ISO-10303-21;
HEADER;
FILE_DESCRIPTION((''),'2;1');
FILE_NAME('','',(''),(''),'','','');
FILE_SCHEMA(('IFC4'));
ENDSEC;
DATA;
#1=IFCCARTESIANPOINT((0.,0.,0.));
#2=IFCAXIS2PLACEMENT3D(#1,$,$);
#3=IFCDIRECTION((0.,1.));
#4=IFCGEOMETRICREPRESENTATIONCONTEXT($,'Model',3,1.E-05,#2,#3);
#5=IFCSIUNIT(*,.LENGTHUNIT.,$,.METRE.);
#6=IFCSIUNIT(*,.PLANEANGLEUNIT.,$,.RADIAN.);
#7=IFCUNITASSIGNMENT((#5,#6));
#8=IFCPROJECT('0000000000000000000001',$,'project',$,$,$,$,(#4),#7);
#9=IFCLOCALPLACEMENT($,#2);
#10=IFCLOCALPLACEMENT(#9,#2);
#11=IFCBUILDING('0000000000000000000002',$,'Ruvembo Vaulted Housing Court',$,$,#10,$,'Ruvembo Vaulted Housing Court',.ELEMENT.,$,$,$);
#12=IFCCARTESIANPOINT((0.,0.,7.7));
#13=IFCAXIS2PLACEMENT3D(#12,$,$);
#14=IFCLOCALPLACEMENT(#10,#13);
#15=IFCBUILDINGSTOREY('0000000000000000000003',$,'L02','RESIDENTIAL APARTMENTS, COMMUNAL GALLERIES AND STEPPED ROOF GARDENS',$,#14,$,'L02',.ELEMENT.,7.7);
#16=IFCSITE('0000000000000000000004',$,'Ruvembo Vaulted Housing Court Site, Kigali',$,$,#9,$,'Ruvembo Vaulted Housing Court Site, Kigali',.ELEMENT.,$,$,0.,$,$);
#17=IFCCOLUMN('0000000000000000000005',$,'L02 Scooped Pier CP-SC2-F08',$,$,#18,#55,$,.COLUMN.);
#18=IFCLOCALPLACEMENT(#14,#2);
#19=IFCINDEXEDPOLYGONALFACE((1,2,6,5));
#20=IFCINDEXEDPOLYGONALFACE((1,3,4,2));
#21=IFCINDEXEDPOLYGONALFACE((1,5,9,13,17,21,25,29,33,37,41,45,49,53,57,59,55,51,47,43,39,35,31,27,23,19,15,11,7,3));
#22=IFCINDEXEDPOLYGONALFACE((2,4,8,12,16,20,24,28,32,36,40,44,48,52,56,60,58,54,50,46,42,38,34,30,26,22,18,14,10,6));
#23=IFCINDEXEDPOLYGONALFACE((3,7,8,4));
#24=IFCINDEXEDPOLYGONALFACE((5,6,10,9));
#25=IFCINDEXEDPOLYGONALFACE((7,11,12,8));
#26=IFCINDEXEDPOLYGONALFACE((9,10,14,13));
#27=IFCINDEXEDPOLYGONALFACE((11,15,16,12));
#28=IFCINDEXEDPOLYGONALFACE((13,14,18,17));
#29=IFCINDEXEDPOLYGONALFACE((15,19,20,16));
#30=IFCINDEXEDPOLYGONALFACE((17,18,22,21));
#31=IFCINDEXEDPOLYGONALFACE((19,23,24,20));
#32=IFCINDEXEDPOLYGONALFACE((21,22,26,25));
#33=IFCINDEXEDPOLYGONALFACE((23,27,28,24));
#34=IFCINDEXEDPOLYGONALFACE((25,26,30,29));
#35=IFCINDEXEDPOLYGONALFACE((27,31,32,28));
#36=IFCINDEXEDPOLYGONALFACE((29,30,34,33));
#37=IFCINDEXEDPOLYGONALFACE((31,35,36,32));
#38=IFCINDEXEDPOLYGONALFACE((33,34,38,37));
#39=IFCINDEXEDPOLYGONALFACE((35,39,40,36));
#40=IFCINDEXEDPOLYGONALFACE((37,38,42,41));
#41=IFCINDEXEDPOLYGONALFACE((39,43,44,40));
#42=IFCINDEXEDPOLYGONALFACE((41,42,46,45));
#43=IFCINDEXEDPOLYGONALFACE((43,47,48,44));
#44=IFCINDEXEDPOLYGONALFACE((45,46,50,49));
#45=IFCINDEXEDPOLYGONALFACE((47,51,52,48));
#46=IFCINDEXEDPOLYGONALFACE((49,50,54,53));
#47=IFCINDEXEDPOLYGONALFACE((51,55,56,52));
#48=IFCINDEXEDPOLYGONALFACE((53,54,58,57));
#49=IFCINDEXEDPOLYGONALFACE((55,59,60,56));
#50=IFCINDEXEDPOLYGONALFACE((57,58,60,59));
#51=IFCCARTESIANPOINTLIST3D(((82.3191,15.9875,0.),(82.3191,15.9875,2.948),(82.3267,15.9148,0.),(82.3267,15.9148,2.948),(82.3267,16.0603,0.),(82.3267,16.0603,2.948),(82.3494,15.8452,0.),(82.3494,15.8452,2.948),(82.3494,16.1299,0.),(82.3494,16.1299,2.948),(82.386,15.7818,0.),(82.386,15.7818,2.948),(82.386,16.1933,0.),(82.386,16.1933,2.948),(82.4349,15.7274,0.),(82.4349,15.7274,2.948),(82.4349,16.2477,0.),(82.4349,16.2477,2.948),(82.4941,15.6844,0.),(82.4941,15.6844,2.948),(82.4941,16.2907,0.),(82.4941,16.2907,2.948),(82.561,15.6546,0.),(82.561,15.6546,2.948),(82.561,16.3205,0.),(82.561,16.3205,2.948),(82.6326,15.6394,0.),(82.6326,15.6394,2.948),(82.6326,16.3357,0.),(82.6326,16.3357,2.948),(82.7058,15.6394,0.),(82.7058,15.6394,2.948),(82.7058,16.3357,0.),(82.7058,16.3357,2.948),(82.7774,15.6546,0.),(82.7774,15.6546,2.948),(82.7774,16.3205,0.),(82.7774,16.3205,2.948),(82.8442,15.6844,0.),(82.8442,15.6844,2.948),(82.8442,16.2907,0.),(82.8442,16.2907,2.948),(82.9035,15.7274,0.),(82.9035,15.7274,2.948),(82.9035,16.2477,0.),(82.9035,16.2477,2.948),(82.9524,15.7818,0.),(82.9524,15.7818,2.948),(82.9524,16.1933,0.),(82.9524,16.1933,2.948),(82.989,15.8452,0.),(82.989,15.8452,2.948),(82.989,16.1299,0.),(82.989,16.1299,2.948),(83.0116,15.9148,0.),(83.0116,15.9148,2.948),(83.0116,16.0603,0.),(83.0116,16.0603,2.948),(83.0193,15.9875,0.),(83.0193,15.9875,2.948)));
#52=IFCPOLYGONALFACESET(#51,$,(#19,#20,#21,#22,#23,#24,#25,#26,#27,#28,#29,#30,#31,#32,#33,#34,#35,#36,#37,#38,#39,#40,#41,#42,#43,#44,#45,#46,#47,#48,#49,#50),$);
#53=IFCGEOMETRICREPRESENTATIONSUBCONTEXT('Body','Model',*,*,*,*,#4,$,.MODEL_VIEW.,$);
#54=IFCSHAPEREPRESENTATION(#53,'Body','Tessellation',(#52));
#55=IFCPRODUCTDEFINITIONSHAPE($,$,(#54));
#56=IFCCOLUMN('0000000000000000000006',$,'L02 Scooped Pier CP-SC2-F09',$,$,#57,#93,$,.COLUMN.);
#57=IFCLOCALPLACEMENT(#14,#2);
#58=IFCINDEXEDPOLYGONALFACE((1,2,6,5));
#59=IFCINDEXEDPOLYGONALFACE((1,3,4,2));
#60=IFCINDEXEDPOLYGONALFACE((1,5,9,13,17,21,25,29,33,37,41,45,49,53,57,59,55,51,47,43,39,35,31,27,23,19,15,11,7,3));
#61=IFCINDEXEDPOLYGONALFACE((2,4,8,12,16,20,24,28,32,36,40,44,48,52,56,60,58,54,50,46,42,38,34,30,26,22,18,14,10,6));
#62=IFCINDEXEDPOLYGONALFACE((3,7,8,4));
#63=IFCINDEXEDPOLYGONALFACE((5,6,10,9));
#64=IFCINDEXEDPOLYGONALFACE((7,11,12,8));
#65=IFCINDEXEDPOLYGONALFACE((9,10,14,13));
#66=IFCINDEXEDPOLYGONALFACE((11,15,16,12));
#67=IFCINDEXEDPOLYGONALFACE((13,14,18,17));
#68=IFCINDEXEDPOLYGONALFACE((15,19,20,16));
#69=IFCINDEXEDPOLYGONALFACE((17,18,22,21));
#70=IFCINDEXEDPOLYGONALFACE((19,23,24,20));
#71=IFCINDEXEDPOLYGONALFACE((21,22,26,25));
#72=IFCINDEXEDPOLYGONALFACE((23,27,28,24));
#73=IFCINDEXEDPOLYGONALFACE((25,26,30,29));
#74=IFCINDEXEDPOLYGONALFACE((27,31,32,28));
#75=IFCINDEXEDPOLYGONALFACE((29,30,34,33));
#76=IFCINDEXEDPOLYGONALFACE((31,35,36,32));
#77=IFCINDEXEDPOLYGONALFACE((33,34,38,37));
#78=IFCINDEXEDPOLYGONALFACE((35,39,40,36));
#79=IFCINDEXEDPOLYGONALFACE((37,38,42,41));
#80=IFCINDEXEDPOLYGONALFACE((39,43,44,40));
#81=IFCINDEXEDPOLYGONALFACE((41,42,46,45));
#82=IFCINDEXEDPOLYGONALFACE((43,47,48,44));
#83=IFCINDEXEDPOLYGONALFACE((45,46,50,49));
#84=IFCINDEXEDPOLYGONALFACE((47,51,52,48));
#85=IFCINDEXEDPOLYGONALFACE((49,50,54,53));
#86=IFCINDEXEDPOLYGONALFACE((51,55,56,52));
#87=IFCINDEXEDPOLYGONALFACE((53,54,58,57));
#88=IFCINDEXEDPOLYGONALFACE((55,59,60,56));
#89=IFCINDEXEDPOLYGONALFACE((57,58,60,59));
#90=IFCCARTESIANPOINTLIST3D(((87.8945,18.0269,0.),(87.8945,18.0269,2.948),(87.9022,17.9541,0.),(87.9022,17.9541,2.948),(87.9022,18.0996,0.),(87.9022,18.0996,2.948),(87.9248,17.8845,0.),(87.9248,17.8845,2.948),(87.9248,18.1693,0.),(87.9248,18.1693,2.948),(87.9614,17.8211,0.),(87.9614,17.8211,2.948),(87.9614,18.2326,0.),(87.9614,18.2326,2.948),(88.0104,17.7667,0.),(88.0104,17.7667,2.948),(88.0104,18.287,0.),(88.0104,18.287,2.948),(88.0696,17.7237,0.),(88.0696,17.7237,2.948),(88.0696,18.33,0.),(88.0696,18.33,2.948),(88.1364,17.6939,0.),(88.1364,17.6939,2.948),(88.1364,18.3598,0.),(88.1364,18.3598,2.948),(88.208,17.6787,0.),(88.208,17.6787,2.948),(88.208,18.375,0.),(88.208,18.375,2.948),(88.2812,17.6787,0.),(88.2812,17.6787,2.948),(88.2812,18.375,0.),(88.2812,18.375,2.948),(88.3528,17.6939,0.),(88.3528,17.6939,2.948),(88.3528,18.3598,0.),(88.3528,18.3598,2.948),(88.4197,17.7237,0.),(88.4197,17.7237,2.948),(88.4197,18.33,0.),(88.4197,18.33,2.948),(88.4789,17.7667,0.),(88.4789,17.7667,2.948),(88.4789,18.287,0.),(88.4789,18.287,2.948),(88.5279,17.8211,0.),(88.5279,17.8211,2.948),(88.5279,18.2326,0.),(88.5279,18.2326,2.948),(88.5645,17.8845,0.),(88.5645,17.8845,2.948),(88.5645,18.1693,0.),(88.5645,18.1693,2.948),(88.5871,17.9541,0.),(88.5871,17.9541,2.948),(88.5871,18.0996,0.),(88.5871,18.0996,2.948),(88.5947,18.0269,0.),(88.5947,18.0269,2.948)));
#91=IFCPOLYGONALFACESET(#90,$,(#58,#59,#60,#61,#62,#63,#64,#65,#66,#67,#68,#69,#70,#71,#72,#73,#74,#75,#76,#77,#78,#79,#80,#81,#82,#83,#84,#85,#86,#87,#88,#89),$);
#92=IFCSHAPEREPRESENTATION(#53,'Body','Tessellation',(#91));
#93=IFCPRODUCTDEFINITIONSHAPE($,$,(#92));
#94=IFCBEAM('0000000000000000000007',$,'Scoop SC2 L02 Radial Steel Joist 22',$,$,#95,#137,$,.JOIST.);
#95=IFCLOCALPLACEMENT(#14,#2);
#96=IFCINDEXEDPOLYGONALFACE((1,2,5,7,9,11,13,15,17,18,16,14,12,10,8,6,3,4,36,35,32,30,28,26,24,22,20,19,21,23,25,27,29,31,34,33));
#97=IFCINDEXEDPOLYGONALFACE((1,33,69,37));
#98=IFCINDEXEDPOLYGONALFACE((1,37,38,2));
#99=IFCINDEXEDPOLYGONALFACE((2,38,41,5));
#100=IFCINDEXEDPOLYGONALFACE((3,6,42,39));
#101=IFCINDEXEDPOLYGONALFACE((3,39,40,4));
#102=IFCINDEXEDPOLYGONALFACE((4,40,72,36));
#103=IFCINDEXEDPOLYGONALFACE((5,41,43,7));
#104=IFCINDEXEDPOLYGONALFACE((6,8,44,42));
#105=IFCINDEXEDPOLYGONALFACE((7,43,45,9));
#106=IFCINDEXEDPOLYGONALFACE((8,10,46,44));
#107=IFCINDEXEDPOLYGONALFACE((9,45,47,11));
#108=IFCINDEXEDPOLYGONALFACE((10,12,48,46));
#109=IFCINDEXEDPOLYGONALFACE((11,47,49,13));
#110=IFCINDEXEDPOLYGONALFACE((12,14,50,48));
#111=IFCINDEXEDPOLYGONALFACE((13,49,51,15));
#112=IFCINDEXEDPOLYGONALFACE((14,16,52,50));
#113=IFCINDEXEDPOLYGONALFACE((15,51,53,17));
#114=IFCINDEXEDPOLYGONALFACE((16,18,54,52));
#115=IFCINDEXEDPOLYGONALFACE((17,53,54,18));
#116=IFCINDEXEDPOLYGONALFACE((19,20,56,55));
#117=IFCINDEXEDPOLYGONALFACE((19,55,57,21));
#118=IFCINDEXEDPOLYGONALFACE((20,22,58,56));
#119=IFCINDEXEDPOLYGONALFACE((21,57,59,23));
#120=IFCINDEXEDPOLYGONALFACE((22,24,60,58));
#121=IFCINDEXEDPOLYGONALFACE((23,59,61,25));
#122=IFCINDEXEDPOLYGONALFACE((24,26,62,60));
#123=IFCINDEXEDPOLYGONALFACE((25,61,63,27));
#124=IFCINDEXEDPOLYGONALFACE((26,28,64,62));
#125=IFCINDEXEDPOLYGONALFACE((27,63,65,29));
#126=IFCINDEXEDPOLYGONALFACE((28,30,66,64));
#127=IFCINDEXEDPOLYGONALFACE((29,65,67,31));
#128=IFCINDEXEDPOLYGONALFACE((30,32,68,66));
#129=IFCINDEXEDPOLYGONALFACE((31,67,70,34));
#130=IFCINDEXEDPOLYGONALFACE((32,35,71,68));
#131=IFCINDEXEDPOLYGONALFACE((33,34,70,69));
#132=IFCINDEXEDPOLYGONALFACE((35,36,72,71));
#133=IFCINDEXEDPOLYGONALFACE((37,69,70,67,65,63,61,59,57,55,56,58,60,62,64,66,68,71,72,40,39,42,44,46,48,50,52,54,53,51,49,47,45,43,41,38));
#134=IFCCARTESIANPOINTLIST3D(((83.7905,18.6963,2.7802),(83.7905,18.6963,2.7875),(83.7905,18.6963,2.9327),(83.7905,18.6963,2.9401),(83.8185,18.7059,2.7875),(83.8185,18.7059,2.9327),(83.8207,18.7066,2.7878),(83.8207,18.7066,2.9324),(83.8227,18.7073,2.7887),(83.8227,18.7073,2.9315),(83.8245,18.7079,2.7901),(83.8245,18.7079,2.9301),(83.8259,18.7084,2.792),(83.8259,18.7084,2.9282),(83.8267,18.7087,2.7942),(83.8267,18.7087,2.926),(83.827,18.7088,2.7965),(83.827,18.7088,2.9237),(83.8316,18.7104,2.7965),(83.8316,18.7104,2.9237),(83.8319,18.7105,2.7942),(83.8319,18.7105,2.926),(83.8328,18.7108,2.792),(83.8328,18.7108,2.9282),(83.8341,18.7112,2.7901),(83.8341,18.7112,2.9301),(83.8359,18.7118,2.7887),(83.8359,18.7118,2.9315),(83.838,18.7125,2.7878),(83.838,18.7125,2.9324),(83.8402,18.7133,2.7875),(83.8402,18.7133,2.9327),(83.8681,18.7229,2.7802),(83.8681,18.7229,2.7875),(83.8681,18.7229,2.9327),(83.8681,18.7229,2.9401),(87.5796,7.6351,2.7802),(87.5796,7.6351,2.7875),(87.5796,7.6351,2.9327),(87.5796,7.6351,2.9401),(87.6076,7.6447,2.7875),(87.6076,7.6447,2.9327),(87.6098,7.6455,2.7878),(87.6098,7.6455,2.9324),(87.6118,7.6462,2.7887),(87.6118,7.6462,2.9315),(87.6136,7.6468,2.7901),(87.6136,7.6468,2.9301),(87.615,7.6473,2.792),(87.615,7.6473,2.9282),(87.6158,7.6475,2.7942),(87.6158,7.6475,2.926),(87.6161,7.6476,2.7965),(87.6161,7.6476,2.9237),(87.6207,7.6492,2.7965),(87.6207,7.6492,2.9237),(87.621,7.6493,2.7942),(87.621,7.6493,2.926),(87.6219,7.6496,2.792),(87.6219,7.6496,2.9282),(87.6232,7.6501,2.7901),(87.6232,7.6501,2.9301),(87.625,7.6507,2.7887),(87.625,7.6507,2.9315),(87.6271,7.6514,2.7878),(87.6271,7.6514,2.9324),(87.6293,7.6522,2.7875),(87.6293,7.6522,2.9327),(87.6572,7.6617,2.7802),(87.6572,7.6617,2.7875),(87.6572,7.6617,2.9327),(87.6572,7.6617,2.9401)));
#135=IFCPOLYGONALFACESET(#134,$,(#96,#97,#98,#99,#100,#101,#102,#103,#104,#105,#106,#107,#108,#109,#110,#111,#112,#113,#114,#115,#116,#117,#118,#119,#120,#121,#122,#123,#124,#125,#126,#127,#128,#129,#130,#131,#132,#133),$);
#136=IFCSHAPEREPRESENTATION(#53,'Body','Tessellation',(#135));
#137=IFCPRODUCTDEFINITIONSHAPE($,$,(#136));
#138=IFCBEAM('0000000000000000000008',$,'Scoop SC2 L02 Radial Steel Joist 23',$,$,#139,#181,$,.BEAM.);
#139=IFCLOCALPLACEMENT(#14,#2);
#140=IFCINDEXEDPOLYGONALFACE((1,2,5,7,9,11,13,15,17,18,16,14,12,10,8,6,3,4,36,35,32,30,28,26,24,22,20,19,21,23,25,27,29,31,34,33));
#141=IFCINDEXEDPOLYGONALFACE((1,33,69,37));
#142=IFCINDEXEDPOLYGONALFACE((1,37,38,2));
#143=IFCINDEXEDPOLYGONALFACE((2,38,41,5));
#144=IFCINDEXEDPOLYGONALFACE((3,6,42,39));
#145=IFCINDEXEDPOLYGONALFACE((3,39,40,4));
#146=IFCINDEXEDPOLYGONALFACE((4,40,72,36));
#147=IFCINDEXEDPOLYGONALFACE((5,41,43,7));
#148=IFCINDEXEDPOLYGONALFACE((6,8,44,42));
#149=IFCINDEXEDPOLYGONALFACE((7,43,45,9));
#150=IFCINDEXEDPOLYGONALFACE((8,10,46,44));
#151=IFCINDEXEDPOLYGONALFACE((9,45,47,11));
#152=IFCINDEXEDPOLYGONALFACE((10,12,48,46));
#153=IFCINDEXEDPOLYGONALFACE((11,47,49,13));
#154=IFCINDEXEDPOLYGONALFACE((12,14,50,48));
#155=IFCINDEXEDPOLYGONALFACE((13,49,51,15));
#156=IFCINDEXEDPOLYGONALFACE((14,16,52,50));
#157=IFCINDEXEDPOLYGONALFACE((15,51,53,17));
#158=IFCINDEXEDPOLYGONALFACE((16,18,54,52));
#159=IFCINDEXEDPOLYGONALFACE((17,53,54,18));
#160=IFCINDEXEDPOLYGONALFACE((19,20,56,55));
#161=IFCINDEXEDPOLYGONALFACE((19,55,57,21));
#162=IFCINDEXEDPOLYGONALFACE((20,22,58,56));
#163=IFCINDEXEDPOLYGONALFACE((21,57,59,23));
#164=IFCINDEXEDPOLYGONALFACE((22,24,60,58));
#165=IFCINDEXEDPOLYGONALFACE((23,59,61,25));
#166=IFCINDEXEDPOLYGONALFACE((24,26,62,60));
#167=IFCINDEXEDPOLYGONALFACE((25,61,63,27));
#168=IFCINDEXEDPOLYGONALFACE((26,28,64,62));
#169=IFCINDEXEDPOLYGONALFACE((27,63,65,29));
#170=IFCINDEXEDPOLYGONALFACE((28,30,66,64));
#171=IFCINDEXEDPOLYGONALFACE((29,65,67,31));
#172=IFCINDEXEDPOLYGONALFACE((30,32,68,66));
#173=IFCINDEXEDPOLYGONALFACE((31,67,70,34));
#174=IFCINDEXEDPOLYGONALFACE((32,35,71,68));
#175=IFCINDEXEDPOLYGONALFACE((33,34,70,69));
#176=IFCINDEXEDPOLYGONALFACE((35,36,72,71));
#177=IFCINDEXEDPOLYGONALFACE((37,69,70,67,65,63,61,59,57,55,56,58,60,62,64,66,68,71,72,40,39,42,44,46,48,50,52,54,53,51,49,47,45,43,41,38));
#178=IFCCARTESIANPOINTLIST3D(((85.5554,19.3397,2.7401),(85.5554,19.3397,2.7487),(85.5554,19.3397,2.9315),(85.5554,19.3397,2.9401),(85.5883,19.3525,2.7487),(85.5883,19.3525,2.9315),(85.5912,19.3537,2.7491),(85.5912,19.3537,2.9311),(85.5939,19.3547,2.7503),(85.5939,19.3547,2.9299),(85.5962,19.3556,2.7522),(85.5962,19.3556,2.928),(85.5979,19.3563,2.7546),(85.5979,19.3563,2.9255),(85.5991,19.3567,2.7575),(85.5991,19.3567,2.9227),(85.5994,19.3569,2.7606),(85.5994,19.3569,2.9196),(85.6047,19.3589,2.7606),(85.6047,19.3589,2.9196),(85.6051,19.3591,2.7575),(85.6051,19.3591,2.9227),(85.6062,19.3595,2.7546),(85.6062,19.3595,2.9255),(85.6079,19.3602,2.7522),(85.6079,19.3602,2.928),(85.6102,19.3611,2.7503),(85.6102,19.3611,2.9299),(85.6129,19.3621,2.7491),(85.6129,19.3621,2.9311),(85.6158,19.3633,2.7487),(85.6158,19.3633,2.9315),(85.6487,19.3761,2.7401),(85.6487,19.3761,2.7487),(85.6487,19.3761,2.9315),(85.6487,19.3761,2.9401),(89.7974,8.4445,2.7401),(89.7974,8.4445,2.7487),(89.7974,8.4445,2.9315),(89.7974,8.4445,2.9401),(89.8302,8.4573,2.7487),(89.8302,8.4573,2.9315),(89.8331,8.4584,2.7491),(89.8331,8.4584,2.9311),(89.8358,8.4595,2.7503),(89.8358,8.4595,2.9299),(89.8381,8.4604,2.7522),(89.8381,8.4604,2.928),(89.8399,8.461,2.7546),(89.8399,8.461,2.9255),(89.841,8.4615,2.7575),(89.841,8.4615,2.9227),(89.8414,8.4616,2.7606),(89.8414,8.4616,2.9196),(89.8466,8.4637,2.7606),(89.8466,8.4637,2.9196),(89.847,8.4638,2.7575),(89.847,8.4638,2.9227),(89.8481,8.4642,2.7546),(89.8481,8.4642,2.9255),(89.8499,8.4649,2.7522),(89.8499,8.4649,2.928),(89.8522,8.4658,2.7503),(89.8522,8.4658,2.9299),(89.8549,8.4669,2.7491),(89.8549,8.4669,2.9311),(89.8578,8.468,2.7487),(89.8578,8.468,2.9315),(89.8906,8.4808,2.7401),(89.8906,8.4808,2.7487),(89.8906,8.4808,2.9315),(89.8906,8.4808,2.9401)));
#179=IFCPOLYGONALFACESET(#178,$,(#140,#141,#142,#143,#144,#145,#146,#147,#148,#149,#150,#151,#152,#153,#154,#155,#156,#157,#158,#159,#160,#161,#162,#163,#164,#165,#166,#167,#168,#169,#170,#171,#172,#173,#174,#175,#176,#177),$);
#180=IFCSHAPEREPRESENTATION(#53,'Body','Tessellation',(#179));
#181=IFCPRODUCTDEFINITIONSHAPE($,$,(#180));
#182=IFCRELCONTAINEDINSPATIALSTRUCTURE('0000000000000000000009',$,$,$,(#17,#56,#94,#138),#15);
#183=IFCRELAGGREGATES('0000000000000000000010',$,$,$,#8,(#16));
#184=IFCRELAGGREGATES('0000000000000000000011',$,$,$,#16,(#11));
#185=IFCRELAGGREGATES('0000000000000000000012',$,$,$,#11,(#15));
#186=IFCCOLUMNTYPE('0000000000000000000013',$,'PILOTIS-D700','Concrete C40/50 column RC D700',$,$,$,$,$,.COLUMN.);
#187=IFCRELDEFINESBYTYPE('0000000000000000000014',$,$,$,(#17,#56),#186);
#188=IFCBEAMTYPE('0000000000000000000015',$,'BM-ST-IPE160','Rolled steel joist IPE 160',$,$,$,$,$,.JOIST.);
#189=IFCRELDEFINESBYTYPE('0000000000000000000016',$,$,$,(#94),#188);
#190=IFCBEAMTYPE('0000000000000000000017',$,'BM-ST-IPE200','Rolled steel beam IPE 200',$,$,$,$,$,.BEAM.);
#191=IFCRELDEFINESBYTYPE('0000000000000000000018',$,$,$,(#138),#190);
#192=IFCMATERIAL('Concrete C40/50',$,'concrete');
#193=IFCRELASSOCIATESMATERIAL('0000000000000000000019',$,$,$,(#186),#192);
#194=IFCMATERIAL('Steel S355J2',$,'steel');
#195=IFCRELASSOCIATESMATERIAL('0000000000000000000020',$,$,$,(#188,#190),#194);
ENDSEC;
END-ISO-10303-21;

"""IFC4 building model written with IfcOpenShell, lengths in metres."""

from ifc_helpers import new_model, si_unit, direction, frame, origin, origin_2d, place, context, subcontext, project, spatial, circle, i_section, extrude, material, material_profile, profile_set, type_object, element, save


model = new_model("IFC4")

# Units and contexts
model_context = context("Model", 3, precision=1e-05, world=origin(), true_north=direction((0.0, 1.0)))
body_context = subcontext(model_context, "Body", "Model", "MODEL_VIEW")
ifc_project = project(units=[si_unit("LENGTHUNIT", "METRE"), si_unit("PLANEANGLEUNIT", "RADIAN")], contexts=[model_context])

# Site, building, storey
site_placement = place(None, origin())
site = spatial("IfcSite", under=ifc_project, at=site_placement, Name="Ruvembo Vaulted Housing Court Site, Kigali", LongName="Ruvembo Vaulted Housing Court Site, Kigali", CompositionType="ELEMENT", RefElevation=0.0)
building_placement = place(site_placement, origin())
building = spatial("IfcBuilding", under=site, at=building_placement, Name="Ruvembo Vaulted Housing Court", LongName="Ruvembo Vaulted Housing Court", CompositionType="ELEMENT")
storey_placement = place(building_placement, frame((0.0, 0.0, 7.7)))
storey = spatial("IfcBuildingStorey", under=building, at=storey_placement, Name="L02", Description="RESIDENTIAL APARTMENTS, COMMUNAL GALLERIES AND STEPPED ROOF GARDENS", LongName="L02", CompositionType="ELEMENT", Elevation=7.7)

# Columns
ifc_material_1 = material(Name="Concrete C40/50", Category="concrete")
ifc_material_profile_1 = material_profile(ifc_material_1, circle(Radius=0.3501, at=origin_2d()), Name="RC D700")
ifc_profile_set_1 = profile_set([ifc_material_profile_1], Name="Concrete C40/50")
column_type = type_object("IfcColumnType", Name="PILOTIS-D700", Description="Concrete C40/50 column RC D700", PredefinedType="COLUMN", material=ifc_profile_set_1)
for number, where, z_axis, x_axis, name in (
    (1, (82.6692, 15.9875, 0.0), (0.0, 0.0, 1.0), (1.0, 0.0, 0.0), "L02 Scooped Pier CP-SC2-F08"),
    (2, (88.2446, 18.0269, 0.0), (0.0, 0.0, 1.0), (1.0, 0.0, 0.0), "L02 Scooped Pier CP-SC2-F09"),
):
    element("IfcColumn", number, at=place(storey_placement, frame(where, z_axis=z_axis, x_axis=x_axis)), inside=storey, type_object=column_type, Name=name, PredefinedType="COLUMN", context=body_context, shape_type="SweptSolid", body=[
        extrude(circle(Radius=0.3501, at=origin_2d()), origin(), (0.0, 0.0, 1.0), 2.948),
    ])

# Beams
ifc_material_2 = material(Name="Steel S355J2", Category="steel")
ifc_material_profile_2 = material_profile(ifc_material_2, i_section(OverallWidth=0.082, OverallDepth=0.1599, WebThickness=0.0049, FlangeThickness=0.0073, FilletRadius=0.009, at=origin_2d()), Name="IPE 160")
ifc_profile_set_2 = profile_set([ifc_material_profile_2], Name="Steel S355J2")
beam_type_1 = type_object("IfcBeamType", Name="BM-ST-IPE160", Description="Rolled steel joist IPE 160", PredefinedType="JOIST", material=ifc_profile_set_2)
beam_1_placement = place(storey_placement, frame((87.6184, 7.6484, 2.8601), z_axis=(-0.324072, 0.946032, 0.0), x_axis=(-0.946032, -0.324072, 0.0)))
element("IfcBeam", 3, at=beam_1_placement, inside=storey, type_object=beam_type_1, Name="Scoop SC2 L02 Radial Steel Joist 22", PredefinedType="JOIST", context=body_context, shape_type="SweptSolid", body=[
    extrude(i_section(OverallWidth=0.082, OverallDepth=0.1599, WebThickness=0.0049, FlangeThickness=0.0073, FilletRadius=0.009, at=origin_2d()), origin(), (0.0, 0.0, 1.0), 11.6921),
])
ifc_material_profile_3 = material_profile(ifc_material_2, i_section(OverallWidth=0.1001, OverallDepth=0.2, WebThickness=0.0056, FlangeThickness=0.0085, FilletRadius=0.012, at=origin_2d()), Name="IPE 200")
ifc_profile_set_3 = profile_set([ifc_material_profile_3], Name="Steel S355J2")
beam_type_2 = type_object("IfcBeamType", Name="BM-ST-IPE200", Description="Rolled steel beam IPE 200", PredefinedType="BEAM", material=ifc_profile_set_3)
beam_2_placement = place(storey_placement, frame((89.844, 8.4626, 2.8401), z_axis=(-0.36281, 0.931863, 0.0), x_axis=(-0.931863, -0.36281, 0.0)))
element("IfcBeam", 4, at=beam_2_placement, inside=storey, type_object=beam_type_2, Name="Scoop SC2 L02 Radial Steel Joist 23", PredefinedType="BEAM", context=body_context, shape_type="SweptSolid", body=[
    extrude(i_section(OverallWidth=0.1001, OverallDepth=0.2, WebThickness=0.0056, FlangeThickness=0.0085, FilletRadius=0.012, at=origin_2d()), origin(), (0.0, 0.0, 1.0), 11.6919),
])

save(model, "model.ifc")
